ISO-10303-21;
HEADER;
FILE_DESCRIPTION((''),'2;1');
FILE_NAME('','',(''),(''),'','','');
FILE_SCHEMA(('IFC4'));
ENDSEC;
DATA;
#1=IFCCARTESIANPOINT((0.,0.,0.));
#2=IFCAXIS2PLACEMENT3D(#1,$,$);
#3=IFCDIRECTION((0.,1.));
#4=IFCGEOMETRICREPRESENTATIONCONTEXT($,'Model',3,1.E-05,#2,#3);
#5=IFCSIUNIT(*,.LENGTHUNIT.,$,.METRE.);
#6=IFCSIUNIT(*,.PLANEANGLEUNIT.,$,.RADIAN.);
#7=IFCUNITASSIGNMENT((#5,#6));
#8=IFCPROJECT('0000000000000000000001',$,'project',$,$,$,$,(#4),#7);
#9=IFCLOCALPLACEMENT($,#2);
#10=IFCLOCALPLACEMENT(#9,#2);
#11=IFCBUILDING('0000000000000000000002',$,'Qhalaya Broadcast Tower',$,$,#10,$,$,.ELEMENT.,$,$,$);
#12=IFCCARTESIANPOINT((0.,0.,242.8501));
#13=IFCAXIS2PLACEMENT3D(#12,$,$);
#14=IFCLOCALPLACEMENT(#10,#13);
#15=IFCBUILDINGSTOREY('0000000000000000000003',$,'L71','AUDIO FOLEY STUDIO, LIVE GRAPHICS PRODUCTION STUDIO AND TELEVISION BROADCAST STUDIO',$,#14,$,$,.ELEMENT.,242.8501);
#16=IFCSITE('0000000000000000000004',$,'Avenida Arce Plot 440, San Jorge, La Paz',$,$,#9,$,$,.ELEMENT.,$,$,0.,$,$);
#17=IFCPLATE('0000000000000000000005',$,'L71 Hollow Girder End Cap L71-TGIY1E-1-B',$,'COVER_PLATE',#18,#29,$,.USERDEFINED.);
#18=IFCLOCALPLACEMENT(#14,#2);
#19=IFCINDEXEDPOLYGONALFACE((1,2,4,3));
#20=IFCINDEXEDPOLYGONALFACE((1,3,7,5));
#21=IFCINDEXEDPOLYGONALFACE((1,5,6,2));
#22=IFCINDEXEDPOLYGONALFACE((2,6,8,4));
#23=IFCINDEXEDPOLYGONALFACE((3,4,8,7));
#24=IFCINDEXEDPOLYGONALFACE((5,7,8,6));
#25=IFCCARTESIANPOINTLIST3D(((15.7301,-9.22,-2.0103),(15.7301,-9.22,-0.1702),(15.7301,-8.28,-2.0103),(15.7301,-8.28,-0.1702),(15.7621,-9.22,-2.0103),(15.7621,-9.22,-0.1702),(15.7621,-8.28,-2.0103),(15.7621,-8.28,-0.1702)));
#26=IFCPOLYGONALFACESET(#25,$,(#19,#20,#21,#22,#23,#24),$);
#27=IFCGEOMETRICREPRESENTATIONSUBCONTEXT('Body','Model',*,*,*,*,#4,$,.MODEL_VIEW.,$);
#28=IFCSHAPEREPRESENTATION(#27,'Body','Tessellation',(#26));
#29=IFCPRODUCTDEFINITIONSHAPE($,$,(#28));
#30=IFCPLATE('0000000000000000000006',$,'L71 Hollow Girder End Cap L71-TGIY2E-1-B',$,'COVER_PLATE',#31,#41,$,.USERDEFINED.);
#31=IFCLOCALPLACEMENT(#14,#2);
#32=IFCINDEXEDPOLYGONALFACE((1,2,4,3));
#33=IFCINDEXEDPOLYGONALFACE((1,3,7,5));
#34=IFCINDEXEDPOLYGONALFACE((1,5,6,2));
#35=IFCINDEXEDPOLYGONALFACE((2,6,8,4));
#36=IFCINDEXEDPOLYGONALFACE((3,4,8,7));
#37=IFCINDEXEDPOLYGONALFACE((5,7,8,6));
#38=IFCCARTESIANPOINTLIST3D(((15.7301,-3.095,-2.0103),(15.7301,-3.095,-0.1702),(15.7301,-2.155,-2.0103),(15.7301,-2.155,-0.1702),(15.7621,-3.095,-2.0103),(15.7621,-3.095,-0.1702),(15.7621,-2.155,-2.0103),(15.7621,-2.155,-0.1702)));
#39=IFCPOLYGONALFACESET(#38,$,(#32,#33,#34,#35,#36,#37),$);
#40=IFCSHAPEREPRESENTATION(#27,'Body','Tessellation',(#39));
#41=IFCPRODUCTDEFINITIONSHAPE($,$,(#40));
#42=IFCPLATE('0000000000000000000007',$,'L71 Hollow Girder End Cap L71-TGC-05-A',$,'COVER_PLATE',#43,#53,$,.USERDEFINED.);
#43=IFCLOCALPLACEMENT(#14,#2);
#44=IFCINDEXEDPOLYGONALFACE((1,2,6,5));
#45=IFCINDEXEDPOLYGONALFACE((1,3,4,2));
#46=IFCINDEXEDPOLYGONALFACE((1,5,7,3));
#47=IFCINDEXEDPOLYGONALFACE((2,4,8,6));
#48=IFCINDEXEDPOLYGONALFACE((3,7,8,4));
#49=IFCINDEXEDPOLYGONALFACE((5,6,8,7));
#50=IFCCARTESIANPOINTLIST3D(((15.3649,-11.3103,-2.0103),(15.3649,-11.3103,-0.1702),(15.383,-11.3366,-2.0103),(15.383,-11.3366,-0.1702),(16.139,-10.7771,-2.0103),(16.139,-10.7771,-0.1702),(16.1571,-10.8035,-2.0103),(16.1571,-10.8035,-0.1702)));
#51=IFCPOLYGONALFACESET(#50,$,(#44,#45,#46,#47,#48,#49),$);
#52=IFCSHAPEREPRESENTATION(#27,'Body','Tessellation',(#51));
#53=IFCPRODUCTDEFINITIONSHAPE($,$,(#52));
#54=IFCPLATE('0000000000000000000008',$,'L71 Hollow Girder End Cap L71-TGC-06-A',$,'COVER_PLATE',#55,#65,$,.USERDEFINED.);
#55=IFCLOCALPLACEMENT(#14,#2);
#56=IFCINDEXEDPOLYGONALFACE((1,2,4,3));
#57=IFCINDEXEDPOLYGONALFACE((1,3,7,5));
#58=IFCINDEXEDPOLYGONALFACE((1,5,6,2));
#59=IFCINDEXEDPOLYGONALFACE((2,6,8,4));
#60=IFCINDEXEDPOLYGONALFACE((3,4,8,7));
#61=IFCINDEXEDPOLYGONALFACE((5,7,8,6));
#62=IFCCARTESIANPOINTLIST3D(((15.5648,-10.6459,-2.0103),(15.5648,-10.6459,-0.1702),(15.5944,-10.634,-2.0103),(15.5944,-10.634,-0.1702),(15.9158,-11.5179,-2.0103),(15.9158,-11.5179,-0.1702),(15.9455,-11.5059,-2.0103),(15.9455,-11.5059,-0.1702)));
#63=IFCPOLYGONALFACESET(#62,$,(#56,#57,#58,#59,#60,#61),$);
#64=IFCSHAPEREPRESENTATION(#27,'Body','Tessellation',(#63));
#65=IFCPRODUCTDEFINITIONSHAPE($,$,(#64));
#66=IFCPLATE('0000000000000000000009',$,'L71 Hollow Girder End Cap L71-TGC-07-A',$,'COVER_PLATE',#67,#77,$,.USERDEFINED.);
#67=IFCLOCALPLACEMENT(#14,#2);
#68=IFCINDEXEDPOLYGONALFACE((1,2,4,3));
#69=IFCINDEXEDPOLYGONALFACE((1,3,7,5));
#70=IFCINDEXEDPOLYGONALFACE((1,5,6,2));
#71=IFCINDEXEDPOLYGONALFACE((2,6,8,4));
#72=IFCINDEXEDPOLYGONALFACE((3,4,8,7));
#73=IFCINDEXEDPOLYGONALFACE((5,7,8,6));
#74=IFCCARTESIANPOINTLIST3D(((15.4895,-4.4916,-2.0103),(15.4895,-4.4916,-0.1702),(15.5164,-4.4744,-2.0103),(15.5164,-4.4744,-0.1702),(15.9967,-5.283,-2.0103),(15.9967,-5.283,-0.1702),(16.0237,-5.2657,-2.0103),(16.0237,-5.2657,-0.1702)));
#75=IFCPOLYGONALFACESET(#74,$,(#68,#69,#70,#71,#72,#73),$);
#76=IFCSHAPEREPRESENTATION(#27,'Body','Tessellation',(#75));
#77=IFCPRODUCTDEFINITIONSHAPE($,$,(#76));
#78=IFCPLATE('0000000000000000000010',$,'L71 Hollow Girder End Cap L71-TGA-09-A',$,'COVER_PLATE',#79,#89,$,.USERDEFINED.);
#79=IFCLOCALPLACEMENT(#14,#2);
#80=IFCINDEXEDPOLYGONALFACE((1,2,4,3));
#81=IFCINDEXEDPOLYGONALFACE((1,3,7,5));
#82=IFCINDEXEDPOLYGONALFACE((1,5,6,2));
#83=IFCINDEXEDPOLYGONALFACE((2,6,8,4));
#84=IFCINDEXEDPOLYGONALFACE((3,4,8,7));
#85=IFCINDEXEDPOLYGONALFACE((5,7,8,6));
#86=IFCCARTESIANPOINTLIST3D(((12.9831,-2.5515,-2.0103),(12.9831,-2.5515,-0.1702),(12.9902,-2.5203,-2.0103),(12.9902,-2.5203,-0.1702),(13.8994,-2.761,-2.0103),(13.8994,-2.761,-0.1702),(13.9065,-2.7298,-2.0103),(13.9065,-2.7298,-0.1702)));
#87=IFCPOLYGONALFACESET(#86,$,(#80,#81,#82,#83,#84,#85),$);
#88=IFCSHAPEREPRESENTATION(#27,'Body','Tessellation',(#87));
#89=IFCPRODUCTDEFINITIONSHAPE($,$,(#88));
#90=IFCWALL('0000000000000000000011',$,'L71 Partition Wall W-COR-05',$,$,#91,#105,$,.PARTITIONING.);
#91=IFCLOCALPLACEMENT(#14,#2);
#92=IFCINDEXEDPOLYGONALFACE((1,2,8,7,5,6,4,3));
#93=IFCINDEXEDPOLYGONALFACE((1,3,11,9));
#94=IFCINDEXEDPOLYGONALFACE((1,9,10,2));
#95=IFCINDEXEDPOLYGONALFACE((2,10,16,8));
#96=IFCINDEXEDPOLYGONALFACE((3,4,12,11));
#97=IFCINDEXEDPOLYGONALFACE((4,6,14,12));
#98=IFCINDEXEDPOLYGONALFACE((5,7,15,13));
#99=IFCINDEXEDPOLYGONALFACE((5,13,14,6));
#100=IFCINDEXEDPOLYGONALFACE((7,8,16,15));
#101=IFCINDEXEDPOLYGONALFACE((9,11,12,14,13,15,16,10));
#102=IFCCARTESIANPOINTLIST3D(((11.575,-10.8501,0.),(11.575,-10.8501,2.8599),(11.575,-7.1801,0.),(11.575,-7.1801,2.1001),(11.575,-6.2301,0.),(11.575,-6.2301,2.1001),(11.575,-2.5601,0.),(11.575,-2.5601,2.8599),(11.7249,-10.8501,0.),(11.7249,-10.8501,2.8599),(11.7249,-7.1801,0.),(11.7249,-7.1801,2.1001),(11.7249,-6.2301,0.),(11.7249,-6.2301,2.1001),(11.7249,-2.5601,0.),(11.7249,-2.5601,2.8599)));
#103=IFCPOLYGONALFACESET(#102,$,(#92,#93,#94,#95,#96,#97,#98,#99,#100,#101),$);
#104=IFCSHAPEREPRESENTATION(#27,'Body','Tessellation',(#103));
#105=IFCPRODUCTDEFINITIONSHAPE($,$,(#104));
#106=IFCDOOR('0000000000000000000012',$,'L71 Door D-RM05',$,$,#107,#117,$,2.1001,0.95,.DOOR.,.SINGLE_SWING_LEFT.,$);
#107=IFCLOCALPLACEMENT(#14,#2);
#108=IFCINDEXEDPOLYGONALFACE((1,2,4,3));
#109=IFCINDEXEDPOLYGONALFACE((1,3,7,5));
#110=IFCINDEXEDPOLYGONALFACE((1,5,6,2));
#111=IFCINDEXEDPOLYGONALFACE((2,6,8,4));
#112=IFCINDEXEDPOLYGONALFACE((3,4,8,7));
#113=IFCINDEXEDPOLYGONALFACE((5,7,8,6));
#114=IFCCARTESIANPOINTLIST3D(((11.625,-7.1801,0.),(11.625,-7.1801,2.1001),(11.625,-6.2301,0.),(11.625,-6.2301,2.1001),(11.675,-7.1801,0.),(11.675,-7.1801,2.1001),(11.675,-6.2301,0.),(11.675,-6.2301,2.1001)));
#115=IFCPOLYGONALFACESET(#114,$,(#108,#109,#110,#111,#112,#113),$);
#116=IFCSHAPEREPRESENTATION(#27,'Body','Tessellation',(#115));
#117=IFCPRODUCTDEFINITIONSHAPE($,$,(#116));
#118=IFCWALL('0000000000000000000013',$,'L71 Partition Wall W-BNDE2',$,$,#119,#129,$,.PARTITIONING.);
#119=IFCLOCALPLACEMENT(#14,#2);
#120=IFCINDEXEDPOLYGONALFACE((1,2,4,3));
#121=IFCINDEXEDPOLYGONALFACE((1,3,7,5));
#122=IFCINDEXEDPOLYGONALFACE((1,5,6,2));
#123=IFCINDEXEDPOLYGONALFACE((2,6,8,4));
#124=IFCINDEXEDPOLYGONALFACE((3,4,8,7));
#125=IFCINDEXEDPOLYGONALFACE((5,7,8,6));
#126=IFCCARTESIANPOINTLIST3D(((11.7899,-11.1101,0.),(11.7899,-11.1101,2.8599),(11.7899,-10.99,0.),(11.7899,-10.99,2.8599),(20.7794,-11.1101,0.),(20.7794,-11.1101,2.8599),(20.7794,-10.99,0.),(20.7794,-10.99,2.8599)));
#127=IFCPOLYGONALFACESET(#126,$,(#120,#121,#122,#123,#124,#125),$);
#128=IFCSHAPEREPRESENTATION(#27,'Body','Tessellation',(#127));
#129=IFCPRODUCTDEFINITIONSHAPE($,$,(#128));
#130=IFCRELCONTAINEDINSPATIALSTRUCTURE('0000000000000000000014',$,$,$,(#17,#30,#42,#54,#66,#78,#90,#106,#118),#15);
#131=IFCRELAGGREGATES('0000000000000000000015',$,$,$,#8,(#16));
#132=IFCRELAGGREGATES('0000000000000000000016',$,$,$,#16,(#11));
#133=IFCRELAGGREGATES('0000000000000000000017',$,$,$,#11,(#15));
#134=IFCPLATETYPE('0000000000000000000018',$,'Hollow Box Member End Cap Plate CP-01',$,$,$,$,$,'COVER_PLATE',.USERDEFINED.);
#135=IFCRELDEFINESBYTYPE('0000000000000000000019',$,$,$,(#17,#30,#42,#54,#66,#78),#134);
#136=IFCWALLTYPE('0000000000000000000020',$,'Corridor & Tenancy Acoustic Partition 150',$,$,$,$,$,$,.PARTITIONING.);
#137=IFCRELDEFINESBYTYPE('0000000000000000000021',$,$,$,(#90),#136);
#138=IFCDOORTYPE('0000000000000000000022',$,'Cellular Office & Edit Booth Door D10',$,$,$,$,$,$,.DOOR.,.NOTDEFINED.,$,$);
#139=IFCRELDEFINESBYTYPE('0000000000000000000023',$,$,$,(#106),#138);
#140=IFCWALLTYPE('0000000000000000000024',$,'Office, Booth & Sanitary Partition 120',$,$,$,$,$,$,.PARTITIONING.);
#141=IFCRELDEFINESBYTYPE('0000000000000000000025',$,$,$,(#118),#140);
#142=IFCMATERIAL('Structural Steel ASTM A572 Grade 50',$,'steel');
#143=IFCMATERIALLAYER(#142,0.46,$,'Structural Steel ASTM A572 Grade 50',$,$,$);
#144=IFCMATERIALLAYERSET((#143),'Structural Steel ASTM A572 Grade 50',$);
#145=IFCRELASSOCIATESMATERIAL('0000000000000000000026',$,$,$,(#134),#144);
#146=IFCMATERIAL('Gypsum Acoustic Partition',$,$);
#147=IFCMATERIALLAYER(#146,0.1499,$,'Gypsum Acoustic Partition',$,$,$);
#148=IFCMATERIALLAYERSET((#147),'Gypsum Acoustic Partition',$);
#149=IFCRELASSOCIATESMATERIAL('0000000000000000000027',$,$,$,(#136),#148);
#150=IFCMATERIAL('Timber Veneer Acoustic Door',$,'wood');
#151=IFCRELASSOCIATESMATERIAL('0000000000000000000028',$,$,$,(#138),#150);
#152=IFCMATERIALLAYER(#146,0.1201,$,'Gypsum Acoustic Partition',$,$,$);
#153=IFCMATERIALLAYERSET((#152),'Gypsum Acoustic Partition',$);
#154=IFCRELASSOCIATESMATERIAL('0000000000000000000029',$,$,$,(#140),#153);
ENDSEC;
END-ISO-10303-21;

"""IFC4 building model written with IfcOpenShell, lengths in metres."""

from ifc_helpers import new_model, si_unit, direction, frame, frame_2d, origin, origin_2d, place, context, subcontext, project, spatial, rectangle, extrude, material, layer, layer_set, type_object, element, fill, save


model = new_model("IFC4")

# Units and contexts
model_context = context("Model", 3, precision=1e-05, world=origin(), true_north=direction((0.0, 1.0)))
body_context = subcontext(model_context, "Body", "Model", "MODEL_VIEW")
ifc_project = project(units=[si_unit("LENGTHUNIT", "METRE"), si_unit("PLANEANGLEUNIT", "RADIAN")], contexts=[model_context])

# Site, building, storey
site_placement = place(None, origin())
site = spatial("IfcSite", under=ifc_project, at=site_placement, Name="Avenida Arce Plot 440, San Jorge, La Paz", CompositionType="ELEMENT", RefElevation=0.0)
building_placement = place(site_placement, origin())
building = spatial("IfcBuilding", under=site, at=building_placement, Name="Qhalaya Broadcast Tower", CompositionType="ELEMENT")
storey_placement = place(building_placement, frame((0.0, 0.0, 242.8501)))
storey = spatial("IfcBuildingStorey", under=building, at=storey_placement, Name="L71", Description="AUDIO FOLEY STUDIO, LIVE GRAPHICS PRODUCTION STUDIO AND TELEVISION BROADCAST STUDIO", CompositionType="ELEMENT", Elevation=242.8501)

# Shared definitions
ifc_material_1 = material(Name="Structural Steel ASTM A572 Grade 50", Category="steel")

# Plates
ifc_layer_1 = layer(ifc_material_1, 0.46, Name="Structural Steel ASTM A572 Grade 50")
ifc_layer_set_1 = layer_set([ifc_layer_1], Name="Structural Steel ASTM A572 Grade 50")
plate_type = type_object("IfcPlateType", Name="Hollow Box Member End Cap Plate CP-01", ElementType="COVER_PLATE", PredefinedType="USERDEFINED", material=ifc_layer_set_1)
for number, where, z_axis, x_axis, name in (
    (1, (15.7461, -8.75, -2.0103), (0.0, 0.0, 1.0), (0.0, 1.0, 0.0), "L71 Hollow Girder End Cap L71-TGIY1E-1-B"),
    (2, (15.7461, -2.625, -2.0103), (0.0, 0.0, 1.0), (0.0, 1.0, 0.0), "L71 Hollow Girder End Cap L71-TGIY2E-1-B"),
    (3, (15.761, -11.0569, -2.0103), (0.0, 0.0, 1.0), (0.823582, 0.567197, 0.0), "L71 Hollow Girder End Cap L71-TGC-05-A"),
    (4, (15.7551, -11.0759, -2.0103), (0.0, 0.0, 1.0), (-0.373474, 0.927641, 0.0), "L71 Hollow Girder End Cap L71-TGC-06-A"),
    (5, (15.7566, -4.8787, -2.0103), (0.0, 0.0, 1.0), (-0.539638, 0.841897, 0.0), "L71 Hollow Girder End Cap L71-TGC-07-A"),
    (6, (13.4448, -2.6406, -2.0103), (0.0, 0.0, 1.0), (-0.974851, 0.222859, 0.0), "L71 Hollow Girder End Cap L71-TGA-09-A"),
):
    element("IfcPlate", number, at=place(storey_placement, frame(where, z_axis=z_axis, x_axis=x_axis)), inside=storey, type_object=plate_type, Name=name, ObjectType="COVER_PLATE", PredefinedType="USERDEFINED", context=body_context, shape_type="SweptSolid", body=[
        extrude(rectangle(XDim=0.9399, YDim=0.032, at=origin_2d()), origin(), (0.0, 0.0, 1.0), 1.8401),
    ])

# Wall, opening, door
ifc_material_2 = material(Name="Gypsum Acoustic Partition")
ifc_layer_2 = layer(ifc_material_2, 0.1499, Name="Gypsum Acoustic Partition")
ifc_layer_set_2 = layer_set([ifc_layer_2], Name="Gypsum Acoustic Partition")
wall_type_1 = type_object("IfcWallType", Name="Corridor & Tenancy Acoustic Partition 150", PredefinedType="PARTITIONING", material=ifc_layer_set_2)
wall_1_placement = place(storey_placement, frame((11.6499, -10.8501, 0.0), z_axis=(0.0, 0.0, 1.0), x_axis=(0.0, 1.0, 0.0)))
wall_1 = element("IfcWall", 7, at=wall_1_placement, inside=storey, type_object=wall_type_1, Name="L71 Partition Wall W-COR-05", PredefinedType="PARTITIONING", context=body_context, shape_type="SweptSolid", body=[
    extrude(rectangle(XDim=8.29, YDim=0.1499, at=frame_2d((4.145, 0.0))), origin(), (0.0, 0.0, 1.0), 2.8599),
])
opening_placement = place(wall_1_placement, frame((3.6699, 0.0, 0.0)))
opening = element("IfcOpeningElement", 8, at=opening_placement, cuts=wall_1, PredefinedType="OPENING", context=body_context, shape_type="SweptSolid", body=[
    extrude(rectangle(XDim=0.95, YDim=2.1001, at=frame_2d((0.4751, 1.05))), frame((0.0, 0.0869, 0.0), z_axis=(0.0, -1.0, 0.0), x_axis=(1.0, 0.0, 0.0)), (0.0, 0.0, 1.0), 0.1738),
])
ifc_material_3 = material(Name="Timber Veneer Acoustic Door", Category="wood")
door_type = type_object("IfcDoorType", Name="Cellular Office & Edit Booth Door D10", OperationType="NOTDEFINED", PredefinedType="DOOR", material=ifc_material_3)
door_placement = place(opening_placement, origin())
door = element("IfcDoor", 9, at=door_placement, inside=storey, type_object=door_type, Name="L71 Door D-RM05", OperationType="SINGLE_SWING_LEFT", OverallHeight=2.1001, OverallWidth=0.95, PredefinedType="DOOR", context=body_context, shape_type="SweptSolid", body=[
    extrude(rectangle(XDim=0.95, YDim=2.1001, at=frame_2d((0.4751, 1.05))), frame((0.0, 0.0249, 0.0), z_axis=(0.0, -1.0, 0.0), x_axis=(1.0, 0.0, 0.0)), (0.0, 0.0, 1.0), 0.05),
])
fill(opening, door)

# Wall
ifc_layer_3 = layer(ifc_material_2, 0.1201, Name="Gypsum Acoustic Partition")
ifc_layer_set_3 = layer_set([ifc_layer_3], Name="Gypsum Acoustic Partition")
wall_type_2 = type_object("IfcWallType", Name="Office, Booth & Sanitary Partition 120", PredefinedType="PARTITIONING", material=ifc_layer_set_3)
wall_2_placement = place(storey_placement, frame((11.79, -11.05, 0.0), z_axis=(0.0, 0.0, 1.0), x_axis=(1.0, 0.0, 0.0)))
element("IfcWall", 10, at=wall_2_placement, inside=storey, type_object=wall_type_2, Name="L71 Partition Wall W-BNDE2", PredefinedType="PARTITIONING", context=body_context, shape_type="SweptSolid", body=[
    extrude(rectangle(XDim=8.9895, YDim=0.1201, at=frame_2d((4.4946, 0.0))), origin(), (0.0, 0.0, 1.0), 2.8599),
])

save(model, "model.ifc")
